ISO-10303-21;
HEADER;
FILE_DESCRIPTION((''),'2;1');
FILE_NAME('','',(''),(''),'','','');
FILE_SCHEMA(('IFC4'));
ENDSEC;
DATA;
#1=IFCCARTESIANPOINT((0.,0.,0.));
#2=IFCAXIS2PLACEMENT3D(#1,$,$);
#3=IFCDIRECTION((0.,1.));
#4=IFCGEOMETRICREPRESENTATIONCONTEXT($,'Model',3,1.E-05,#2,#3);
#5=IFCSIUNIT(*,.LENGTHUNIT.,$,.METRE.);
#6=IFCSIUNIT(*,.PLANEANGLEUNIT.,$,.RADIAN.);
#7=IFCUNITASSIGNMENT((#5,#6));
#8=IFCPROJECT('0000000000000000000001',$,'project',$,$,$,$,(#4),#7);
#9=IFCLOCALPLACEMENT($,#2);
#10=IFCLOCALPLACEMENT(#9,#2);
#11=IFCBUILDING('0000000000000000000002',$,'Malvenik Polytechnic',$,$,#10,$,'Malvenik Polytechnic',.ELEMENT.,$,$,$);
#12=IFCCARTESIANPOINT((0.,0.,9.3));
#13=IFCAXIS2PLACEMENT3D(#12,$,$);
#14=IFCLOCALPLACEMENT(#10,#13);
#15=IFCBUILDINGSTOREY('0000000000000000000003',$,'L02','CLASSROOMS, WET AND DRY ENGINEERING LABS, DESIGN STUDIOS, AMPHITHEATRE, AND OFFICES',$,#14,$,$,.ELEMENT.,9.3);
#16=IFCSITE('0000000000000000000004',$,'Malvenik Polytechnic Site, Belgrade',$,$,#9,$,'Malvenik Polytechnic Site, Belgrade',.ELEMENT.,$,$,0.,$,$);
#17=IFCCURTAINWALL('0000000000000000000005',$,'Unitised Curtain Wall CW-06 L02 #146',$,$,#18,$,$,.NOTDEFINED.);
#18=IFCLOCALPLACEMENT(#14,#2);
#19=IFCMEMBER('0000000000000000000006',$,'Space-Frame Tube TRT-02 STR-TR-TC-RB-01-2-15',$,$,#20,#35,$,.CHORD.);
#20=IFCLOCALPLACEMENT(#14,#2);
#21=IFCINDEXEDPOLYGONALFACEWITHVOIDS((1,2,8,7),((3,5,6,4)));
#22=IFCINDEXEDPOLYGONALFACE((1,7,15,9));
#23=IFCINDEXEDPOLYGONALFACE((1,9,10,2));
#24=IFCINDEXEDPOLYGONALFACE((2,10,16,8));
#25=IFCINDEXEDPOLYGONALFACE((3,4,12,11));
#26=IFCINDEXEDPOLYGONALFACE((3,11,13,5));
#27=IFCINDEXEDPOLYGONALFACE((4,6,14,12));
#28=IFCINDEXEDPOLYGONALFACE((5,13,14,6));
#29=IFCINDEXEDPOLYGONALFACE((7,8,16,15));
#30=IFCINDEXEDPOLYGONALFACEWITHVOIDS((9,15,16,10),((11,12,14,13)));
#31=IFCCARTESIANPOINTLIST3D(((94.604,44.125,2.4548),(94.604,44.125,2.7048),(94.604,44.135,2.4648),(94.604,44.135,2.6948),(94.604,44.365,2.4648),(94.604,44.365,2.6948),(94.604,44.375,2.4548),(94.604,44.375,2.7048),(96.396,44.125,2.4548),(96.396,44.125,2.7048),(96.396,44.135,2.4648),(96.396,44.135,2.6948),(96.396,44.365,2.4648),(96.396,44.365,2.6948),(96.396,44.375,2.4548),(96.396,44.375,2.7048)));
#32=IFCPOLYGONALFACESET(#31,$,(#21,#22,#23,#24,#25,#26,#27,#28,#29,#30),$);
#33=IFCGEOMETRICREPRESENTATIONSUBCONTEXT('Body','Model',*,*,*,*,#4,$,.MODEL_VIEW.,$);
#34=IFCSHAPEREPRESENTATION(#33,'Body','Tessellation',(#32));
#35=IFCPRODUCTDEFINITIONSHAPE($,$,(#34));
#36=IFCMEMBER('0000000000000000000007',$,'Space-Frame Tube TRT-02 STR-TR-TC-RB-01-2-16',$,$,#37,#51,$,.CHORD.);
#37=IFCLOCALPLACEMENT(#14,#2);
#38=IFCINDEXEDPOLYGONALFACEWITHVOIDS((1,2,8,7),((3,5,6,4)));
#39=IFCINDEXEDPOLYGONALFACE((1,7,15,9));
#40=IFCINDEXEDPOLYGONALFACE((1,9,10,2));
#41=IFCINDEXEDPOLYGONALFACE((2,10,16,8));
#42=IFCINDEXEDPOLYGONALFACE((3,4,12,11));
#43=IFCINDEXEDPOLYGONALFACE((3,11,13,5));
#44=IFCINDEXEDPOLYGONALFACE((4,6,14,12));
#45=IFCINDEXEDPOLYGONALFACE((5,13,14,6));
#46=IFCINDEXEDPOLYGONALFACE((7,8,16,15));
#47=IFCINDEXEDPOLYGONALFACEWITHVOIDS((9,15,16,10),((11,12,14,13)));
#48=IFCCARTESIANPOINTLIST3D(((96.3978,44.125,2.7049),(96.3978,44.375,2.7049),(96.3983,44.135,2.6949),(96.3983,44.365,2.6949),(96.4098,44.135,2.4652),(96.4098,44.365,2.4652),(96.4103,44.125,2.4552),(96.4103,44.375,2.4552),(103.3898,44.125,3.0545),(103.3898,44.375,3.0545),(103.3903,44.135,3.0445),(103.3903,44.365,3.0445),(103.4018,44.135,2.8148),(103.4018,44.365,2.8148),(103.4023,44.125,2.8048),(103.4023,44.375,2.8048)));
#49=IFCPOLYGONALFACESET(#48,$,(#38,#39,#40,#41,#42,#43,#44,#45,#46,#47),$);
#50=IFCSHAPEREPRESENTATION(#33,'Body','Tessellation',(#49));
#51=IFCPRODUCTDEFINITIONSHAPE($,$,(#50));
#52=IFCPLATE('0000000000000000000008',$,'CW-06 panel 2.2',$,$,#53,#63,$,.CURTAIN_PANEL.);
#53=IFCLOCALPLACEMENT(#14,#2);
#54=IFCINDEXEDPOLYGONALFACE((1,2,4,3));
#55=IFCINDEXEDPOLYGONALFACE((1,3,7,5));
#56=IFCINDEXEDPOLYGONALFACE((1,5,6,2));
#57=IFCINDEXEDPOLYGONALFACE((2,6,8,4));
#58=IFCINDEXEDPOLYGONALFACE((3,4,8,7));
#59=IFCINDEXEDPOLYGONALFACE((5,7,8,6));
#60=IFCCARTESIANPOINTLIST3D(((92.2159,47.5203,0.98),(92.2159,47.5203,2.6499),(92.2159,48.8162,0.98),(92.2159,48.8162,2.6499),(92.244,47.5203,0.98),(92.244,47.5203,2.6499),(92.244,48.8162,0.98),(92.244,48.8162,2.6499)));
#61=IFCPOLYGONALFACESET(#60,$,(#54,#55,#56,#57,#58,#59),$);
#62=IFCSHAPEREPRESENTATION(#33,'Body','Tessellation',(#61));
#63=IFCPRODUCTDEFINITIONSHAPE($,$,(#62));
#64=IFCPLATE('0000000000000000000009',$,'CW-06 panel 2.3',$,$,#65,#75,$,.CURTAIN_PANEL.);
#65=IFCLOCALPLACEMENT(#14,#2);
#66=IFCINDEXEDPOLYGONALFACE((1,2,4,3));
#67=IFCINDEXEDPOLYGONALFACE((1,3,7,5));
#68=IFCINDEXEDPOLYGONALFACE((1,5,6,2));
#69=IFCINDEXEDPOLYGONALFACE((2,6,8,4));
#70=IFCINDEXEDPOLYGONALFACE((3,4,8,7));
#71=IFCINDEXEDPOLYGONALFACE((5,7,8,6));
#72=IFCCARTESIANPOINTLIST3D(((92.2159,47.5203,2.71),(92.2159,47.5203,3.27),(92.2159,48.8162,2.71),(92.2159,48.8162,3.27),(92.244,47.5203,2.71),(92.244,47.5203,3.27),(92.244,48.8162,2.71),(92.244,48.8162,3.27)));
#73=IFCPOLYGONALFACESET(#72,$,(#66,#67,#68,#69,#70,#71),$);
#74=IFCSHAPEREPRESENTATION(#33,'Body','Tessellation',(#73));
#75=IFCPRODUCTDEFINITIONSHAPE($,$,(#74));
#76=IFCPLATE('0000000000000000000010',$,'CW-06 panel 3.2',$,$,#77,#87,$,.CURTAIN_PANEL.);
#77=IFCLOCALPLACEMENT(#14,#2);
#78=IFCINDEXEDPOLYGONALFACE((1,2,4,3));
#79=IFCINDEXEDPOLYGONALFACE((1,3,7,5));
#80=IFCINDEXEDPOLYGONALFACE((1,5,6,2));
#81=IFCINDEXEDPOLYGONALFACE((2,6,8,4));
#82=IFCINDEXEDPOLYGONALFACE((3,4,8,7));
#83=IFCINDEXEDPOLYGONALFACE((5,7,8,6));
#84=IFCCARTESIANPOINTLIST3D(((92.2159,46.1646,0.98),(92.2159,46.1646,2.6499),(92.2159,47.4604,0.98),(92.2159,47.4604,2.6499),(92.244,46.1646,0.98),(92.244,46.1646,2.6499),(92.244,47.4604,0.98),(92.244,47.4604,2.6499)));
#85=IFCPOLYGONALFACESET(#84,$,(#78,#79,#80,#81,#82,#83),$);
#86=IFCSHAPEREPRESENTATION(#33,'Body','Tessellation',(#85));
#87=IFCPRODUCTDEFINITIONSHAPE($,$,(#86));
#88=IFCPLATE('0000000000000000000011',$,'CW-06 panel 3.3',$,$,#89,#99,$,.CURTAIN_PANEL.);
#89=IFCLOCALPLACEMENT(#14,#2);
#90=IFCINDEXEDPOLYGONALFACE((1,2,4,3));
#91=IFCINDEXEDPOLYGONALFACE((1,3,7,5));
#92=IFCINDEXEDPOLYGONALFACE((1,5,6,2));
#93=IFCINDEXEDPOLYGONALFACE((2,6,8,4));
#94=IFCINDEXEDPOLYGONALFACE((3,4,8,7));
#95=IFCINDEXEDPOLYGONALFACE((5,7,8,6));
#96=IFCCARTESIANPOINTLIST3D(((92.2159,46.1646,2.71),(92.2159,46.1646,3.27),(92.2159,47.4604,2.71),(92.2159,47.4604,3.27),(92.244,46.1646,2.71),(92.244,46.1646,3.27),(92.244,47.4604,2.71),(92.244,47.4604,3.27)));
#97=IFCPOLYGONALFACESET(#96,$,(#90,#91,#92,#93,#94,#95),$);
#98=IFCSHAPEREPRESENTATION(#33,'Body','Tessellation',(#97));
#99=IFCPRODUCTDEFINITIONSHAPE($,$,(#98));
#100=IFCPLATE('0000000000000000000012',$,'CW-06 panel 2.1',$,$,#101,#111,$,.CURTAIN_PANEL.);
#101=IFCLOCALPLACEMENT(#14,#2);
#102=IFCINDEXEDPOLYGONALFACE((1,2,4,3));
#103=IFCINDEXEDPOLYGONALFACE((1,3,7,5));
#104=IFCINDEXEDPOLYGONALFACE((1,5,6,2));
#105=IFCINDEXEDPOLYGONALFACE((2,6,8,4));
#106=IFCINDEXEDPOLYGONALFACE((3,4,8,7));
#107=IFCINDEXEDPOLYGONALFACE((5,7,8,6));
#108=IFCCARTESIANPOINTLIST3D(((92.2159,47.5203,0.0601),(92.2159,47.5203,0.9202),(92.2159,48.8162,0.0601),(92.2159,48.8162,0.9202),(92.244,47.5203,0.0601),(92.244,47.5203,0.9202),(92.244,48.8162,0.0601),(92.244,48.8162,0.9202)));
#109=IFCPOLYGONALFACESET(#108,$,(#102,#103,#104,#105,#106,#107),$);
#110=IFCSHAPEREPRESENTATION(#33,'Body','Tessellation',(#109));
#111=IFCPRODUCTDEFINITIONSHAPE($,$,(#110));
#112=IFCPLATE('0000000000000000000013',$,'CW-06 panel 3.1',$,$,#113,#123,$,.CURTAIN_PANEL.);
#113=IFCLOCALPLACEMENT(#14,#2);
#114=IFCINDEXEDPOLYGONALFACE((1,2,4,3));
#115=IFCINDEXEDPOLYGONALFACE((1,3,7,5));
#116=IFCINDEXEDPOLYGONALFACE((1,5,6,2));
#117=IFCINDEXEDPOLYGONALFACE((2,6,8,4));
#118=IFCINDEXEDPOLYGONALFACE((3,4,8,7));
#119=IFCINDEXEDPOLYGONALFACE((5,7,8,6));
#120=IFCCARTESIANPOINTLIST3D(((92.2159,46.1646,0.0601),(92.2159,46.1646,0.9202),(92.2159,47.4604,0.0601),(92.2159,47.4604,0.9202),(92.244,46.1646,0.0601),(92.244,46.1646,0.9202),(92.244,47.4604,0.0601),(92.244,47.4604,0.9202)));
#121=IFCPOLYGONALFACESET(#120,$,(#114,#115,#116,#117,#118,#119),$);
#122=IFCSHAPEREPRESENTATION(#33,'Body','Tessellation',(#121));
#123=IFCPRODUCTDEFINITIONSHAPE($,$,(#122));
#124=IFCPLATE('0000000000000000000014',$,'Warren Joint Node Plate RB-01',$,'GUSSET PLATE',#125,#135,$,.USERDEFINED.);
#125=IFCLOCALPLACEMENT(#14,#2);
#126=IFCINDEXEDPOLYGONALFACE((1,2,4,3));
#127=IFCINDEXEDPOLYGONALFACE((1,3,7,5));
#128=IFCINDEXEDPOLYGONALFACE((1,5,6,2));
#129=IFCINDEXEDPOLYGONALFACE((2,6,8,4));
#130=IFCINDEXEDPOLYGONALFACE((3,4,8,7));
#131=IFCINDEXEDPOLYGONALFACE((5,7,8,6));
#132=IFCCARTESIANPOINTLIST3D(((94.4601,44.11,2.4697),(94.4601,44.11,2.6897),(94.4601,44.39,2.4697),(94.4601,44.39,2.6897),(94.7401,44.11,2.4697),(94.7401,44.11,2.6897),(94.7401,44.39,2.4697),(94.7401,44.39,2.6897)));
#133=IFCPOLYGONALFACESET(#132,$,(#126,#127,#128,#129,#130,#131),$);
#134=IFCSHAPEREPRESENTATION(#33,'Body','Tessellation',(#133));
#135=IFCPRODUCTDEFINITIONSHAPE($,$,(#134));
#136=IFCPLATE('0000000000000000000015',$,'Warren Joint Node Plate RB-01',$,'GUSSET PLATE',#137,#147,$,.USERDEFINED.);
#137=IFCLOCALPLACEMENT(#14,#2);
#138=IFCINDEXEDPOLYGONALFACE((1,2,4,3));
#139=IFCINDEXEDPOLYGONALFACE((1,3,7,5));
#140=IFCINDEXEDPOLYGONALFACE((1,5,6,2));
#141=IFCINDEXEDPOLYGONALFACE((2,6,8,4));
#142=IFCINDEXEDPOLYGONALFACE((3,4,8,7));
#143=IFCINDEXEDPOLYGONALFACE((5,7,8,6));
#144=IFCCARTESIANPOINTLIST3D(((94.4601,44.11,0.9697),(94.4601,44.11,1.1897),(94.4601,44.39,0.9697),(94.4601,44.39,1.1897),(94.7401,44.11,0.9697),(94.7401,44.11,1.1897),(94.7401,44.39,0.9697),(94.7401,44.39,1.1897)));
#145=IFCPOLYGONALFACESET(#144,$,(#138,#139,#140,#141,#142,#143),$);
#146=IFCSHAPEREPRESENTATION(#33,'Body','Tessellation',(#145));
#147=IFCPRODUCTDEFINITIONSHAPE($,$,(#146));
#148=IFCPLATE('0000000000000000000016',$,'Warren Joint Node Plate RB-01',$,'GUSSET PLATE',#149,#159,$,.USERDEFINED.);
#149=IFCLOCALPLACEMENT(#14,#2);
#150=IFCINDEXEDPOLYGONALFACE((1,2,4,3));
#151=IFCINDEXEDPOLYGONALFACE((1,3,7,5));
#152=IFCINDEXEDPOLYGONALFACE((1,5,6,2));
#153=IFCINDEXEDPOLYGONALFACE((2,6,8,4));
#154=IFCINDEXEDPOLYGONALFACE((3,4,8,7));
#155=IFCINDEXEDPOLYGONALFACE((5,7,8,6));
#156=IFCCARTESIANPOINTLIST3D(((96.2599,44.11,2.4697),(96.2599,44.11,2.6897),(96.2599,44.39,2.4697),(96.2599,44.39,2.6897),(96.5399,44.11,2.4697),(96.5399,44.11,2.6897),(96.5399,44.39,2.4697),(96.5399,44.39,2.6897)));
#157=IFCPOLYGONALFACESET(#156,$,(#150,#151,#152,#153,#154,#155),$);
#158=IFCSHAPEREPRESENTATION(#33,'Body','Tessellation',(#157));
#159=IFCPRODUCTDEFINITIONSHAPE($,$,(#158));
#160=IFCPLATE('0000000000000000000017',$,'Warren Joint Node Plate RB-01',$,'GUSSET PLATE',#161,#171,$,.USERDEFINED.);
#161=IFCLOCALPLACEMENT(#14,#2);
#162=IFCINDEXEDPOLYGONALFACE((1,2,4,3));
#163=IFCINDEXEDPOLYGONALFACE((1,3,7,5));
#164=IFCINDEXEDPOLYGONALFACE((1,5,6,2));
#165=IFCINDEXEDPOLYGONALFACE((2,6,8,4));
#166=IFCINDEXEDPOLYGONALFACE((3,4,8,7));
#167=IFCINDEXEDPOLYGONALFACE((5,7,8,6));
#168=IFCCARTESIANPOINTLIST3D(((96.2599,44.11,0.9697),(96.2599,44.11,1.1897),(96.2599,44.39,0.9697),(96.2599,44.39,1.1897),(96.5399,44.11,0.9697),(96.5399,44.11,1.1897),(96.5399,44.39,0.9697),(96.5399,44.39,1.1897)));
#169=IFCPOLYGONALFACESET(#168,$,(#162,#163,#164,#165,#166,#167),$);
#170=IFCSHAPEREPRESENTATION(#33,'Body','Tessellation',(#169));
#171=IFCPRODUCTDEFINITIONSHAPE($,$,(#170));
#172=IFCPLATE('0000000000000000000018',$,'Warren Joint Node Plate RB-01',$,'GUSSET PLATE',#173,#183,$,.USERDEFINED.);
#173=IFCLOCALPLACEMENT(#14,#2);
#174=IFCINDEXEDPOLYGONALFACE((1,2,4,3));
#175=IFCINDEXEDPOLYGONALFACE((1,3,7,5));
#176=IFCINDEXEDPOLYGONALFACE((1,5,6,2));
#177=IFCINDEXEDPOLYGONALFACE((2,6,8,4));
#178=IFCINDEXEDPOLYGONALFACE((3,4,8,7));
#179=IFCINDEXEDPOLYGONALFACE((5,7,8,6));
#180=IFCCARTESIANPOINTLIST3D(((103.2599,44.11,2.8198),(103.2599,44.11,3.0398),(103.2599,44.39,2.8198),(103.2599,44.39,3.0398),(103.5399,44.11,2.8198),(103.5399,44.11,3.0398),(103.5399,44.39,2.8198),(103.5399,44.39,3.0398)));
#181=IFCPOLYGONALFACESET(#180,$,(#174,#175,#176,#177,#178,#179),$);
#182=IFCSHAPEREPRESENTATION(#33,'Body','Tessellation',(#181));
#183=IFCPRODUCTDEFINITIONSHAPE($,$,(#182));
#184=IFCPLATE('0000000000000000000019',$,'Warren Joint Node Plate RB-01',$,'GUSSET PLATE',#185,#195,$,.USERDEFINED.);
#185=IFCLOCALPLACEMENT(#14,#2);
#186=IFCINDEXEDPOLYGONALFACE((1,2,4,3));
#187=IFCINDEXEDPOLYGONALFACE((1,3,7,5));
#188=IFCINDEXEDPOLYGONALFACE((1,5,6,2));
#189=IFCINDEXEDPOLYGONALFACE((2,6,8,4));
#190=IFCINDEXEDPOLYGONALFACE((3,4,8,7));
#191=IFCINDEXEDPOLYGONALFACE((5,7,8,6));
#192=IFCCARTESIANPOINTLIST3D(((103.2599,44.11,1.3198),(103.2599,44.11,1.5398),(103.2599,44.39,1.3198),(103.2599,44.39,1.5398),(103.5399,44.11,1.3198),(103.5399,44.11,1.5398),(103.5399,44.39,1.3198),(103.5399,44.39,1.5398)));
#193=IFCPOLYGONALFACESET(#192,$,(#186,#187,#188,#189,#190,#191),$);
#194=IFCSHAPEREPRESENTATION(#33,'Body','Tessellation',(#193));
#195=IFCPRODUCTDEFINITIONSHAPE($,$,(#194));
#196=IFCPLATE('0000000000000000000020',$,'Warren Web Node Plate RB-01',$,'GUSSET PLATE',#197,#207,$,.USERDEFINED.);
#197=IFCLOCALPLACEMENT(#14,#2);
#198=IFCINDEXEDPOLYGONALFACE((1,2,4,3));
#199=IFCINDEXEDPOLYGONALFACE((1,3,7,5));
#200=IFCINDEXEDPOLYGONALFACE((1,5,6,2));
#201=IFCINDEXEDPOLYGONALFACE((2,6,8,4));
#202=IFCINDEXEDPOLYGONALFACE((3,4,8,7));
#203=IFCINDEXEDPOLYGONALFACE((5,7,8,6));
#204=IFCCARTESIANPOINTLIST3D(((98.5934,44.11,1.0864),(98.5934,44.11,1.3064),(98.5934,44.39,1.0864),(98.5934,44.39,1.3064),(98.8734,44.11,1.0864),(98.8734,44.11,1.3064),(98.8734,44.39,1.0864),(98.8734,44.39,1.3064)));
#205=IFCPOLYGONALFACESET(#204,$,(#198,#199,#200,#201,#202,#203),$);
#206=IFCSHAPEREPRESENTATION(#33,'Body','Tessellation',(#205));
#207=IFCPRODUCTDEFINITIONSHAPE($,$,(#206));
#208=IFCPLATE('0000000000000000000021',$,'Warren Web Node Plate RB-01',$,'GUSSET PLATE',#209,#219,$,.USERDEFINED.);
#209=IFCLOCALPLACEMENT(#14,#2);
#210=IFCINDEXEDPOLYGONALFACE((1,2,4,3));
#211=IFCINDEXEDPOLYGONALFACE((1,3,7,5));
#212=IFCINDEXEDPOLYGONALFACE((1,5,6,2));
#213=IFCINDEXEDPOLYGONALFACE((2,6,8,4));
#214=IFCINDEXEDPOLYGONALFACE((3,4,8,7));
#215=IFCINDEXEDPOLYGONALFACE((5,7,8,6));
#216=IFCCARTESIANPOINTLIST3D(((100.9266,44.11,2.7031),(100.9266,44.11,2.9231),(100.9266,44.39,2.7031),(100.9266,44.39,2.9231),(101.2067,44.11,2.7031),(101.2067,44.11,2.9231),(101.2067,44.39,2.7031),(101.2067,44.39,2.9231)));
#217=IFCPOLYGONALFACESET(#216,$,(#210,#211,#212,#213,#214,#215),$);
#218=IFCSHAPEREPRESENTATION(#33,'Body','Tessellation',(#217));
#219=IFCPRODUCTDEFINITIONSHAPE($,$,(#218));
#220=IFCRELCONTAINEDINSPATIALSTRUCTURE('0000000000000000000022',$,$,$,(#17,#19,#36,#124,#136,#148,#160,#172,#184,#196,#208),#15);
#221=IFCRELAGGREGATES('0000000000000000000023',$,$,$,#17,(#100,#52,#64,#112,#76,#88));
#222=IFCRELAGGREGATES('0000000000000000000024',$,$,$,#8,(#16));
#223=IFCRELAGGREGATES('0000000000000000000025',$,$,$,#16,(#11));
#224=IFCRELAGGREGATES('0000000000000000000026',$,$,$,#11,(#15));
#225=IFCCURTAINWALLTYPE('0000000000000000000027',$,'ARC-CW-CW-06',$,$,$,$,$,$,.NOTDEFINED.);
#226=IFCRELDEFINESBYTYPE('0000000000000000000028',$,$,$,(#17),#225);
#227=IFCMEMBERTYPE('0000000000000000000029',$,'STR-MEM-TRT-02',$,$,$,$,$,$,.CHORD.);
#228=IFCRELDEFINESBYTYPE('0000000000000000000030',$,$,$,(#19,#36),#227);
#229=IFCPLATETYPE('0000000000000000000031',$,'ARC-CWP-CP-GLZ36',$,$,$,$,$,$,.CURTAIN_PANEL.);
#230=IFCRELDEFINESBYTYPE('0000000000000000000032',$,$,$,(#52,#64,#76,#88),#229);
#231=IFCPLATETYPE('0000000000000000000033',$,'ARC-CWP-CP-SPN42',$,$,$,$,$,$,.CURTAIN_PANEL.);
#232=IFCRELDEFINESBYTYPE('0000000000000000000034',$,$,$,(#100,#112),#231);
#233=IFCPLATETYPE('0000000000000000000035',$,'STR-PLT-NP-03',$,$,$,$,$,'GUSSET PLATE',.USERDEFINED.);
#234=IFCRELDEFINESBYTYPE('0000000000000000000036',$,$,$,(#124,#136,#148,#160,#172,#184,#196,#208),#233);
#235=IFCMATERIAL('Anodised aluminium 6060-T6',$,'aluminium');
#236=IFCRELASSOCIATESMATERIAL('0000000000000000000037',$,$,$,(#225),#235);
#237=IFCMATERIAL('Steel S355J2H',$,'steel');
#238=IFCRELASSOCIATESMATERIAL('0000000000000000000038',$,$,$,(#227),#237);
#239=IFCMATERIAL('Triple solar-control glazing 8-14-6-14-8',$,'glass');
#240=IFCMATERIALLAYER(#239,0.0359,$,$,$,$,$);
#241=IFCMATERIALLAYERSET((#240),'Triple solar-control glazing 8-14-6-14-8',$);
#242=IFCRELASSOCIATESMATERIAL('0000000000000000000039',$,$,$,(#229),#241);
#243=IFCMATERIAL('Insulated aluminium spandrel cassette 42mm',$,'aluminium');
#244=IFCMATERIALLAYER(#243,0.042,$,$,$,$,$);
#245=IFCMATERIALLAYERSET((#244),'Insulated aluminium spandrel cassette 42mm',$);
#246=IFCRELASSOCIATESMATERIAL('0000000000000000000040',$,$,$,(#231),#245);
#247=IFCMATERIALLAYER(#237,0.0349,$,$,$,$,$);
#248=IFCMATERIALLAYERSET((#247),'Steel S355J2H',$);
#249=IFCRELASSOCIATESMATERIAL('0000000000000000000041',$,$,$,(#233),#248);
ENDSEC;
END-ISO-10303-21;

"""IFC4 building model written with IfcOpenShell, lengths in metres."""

from ifc_helpers import new_model, si_unit, direction, frame, origin, origin_2d, place, context, subcontext, project, spatial, rectangle, hollow_rectangle, extrude, material, layer, layer_set, material_profile, profile_set, type_object, element, aggregate, save


model = new_model("IFC4")

# Units and contexts
model_context = context("Model", 3, precision=1e-05, world=origin(), true_north=direction((0.0, 1.0)))
body_context = subcontext(model_context, "Body", "Model", "MODEL_VIEW")
ifc_project = project(units=[si_unit("LENGTHUNIT", "METRE"), si_unit("PLANEANGLEUNIT", "RADIAN")], contexts=[model_context])

# Site, building, storey
site_placement = place(None, origin())
site = spatial("IfcSite", under=ifc_project, at=site_placement, Name="Malvenik Polytechnic Site, Belgrade", LongName="Malvenik Polytechnic Site, Belgrade", CompositionType="ELEMENT", RefElevation=0.0)
building_placement = place(site_placement, origin())
building = spatial("IfcBuilding", under=site, at=building_placement, Name="Malvenik Polytechnic", LongName="Malvenik Polytechnic", CompositionType="ELEMENT")
storey_placement = place(building_placement, frame((0.0, 0.0, 9.3)))
storey = spatial("IfcBuildingStorey", under=building, at=storey_placement, Name="L02", Description="CLASSROOMS, WET AND DRY ENGINEERING LABS, DESIGN STUDIOS, AMPHITHEATRE, AND OFFICES", CompositionType="ELEMENT", Elevation=9.3)

# Shared definitions
ifc_material_1 = material(Name="Steel S355J2H", Category="steel")

# Curtain wall
ifc_material_2 = material(Name="Anodised aluminium 6060-T6", Category="aluminium")
curtain_wall_type = type_object("IfcCurtainWallType", Name="ARC-CW-CW-06", PredefinedType="NOTDEFINED", material=ifc_material_2)
curtain_wall_placement = place(storey_placement, origin())
curtain_wall = element("IfcCurtainWall", 1, at=curtain_wall_placement, inside=storey, type_object=curtain_wall_type, Name="Unitised Curtain Wall CW-06 L02 #146", PredefinedType="NOTDEFINED")

# Members
ifc_material_profile_1 = material_profile(ifc_material_1, hollow_rectangle(XDim=0.25, YDim=0.25, WallThickness=0.01, at=origin_2d()), Name="SHS 250x250x10.0")
ifc_profile_set_1 = profile_set([ifc_material_profile_1], Name="Steel S355J2H")
member_type_1 = type_object("IfcMemberType", Name="STR-MEM-TRT-02", PredefinedType="CHORD", material=ifc_profile_set_1)
member_1_placement = place(storey_placement, frame((94.604, 44.25, 2.5798), z_axis=(1.0, 0.0, 0.0), x_axis=(0.0, 1.0, 0.0)))
element("IfcMember", 2, at=member_1_placement, inside=storey, type_object=member_type_1, Name="Space-Frame Tube TRT-02 STR-TR-TC-RB-01-2-15", PredefinedType="CHORD", context=body_context, shape_type="SweptSolid", body=[
    extrude(hollow_rectangle(XDim=0.25, YDim=0.25, WallThickness=0.01, at=origin_2d()), origin(), (0.0, 0.0, 1.0), 1.792),
])
member_2_placement = place(storey_placement, frame((96.4041, 44.25, 2.5801), z_axis=(0.998752, 0.0, 0.049939), x_axis=(0.0, 1.0, 0.0)))
element("IfcMember", 3, at=member_2_placement, inside=storey, type_object=member_type_1, Name="Space-Frame Tube TRT-02 STR-TR-TC-RB-01-2-16", PredefinedType="CHORD", context=body_context, shape_type="SweptSolid", body=[
    extrude(hollow_rectangle(XDim=0.25, YDim=0.25, WallThickness=0.01, at=origin_2d()), origin(), (0.0, 0.0, 1.0), 7.0007),
])

# Plates
ifc_material_3 = material(Name="Triple solar-control glazing 8-14-6-14-8", Category="glass")
ifc_layer_1 = layer(ifc_material_3, 0.0359)
ifc_layer_set_1 = layer_set([ifc_layer_1], Name="Triple solar-control glazing 8-14-6-14-8")
plate_type_1 = type_object("IfcPlateType", Name="ARC-CWP-CP-GLZ36", PredefinedType="CURTAIN_PANEL", material=ifc_layer_set_1)
plate_1_placement = place(storey_placement, frame((92.23, 48.1682, 0.98), z_axis=(0.0, 0.0, 1.0), x_axis=(0.0, -1.0, 0.0)))
plate_1 = element("IfcPlate", 4, at=plate_1_placement, type_object=plate_type_1, Name="CW-06 panel 2.2", PredefinedType="CURTAIN_PANEL", context=body_context, shape_type="SweptSolid", body=[
    extrude(rectangle(XDim=1.2959, YDim=0.0281, at=origin_2d()), origin(), (0.0, 0.0, 1.0), 1.6699),
])
plate_2_placement = place(storey_placement, frame((92.23, 48.1682, 2.71), z_axis=(0.0, 0.0, 1.0), x_axis=(0.0, -1.0, 0.0)))
plate_2 = element("IfcPlate", 5, at=plate_2_placement, type_object=plate_type_1, Name="CW-06 panel 2.3", PredefinedType="CURTAIN_PANEL", context=body_context, shape_type="SweptSolid", body=[
    extrude(rectangle(XDim=1.2959, YDim=0.0281, at=origin_2d()), origin(), (0.0, 0.0, 1.0), 0.5601),
])
plate_3_placement = place(storey_placement, frame((92.23, 46.8125, 0.98), z_axis=(0.0, 0.0, 1.0), x_axis=(0.0, -1.0, 0.0)))
plate_3 = element("IfcPlate", 6, at=plate_3_placement, type_object=plate_type_1, Name="CW-06 panel 3.2", PredefinedType="CURTAIN_PANEL", context=body_context, shape_type="SweptSolid", body=[
    extrude(rectangle(XDim=1.2959, YDim=0.0281, at=origin_2d()), origin(), (0.0, 0.0, 1.0), 1.6699),
])
plate_4_placement = place(storey_placement, frame((92.23, 46.8125, 2.71), z_axis=(0.0, 0.0, 1.0), x_axis=(0.0, -1.0, 0.0)))
plate_4 = element("IfcPlate", 7, at=plate_4_placement, type_object=plate_type_1, Name="CW-06 panel 3.3", PredefinedType="CURTAIN_PANEL", context=body_context, shape_type="SweptSolid", body=[
    extrude(rectangle(XDim=1.2959, YDim=0.0281, at=origin_2d()), origin(), (0.0, 0.0, 1.0), 0.5601),
])
ifc_material_4 = material(Name="Insulated aluminium spandrel cassette 42mm", Category="aluminium")
ifc_layer_2 = layer(ifc_material_4, 0.042)
ifc_layer_set_2 = layer_set([ifc_layer_2], Name="Insulated aluminium spandrel cassette 42mm")
plate_type_2 = type_object("IfcPlateType", Name="ARC-CWP-CP-SPN42", PredefinedType="CURTAIN_PANEL", material=ifc_layer_set_2)
plate_5_placement = place(storey_placement, frame((92.23, 48.1682, 0.0601), z_axis=(0.0, 0.0, 1.0), x_axis=(0.0, -1.0, 0.0)))
plate_5 = element("IfcPlate", 8, at=plate_5_placement, type_object=plate_type_2, Name="CW-06 panel 2.1", PredefinedType="CURTAIN_PANEL", context=body_context, shape_type="SweptSolid", body=[
    extrude(rectangle(XDim=1.2959, YDim=0.0281, at=origin_2d()), origin(), (0.0, 0.0, 1.0), 0.8601),
])
plate_6_placement = place(storey_placement, frame((92.23, 46.8125, 0.0601), z_axis=(0.0, 0.0, 1.0), x_axis=(0.0, -1.0, 0.0)))
plate_6 = element("IfcPlate", 9, at=plate_6_placement, type_object=plate_type_2, Name="CW-06 panel 3.1", PredefinedType="CURTAIN_PANEL", context=body_context, shape_type="SweptSolid", body=[
    extrude(rectangle(XDim=1.2959, YDim=0.0281, at=origin_2d()), origin(), (0.0, 0.0, 1.0), 0.8601),
])
aggregate(curtain_wall, [plate_5, plate_1, plate_2, plate_6, plate_3, plate_4])

# Plates
ifc_layer_3 = layer(ifc_material_1, 0.0349)
ifc_layer_set_3 = layer_set([ifc_layer_3], Name="Steel S355J2H")
plate_type_3 = type_object("IfcPlateType", Name="STR-PLT-NP-03", ElementType="GUSSET PLATE", PredefinedType="USERDEFINED", material=ifc_layer_set_3)
for number, where, z_axis, x_axis, name in (
    (10, (94.6001, 44.25, 2.4697), (0.0, 0.0, 1.0), (1.0, 0.0, 0.0), "Warren Joint Node Plate RB-01"),
    (11, (94.6001, 44.25, 0.9697), (0.0, 0.0, 1.0), (1.0, 0.0, 0.0), "Warren Joint Node Plate RB-01"),
    (12, (96.3999, 44.25, 2.4697), (0.0, 0.0, 1.0), (1.0, 0.0, 0.0), "Warren Joint Node Plate RB-01"),
    (13, (96.3999, 44.25, 0.9697), (0.0, 0.0, 1.0), (1.0, 0.0, 0.0), "Warren Joint Node Plate RB-01"),
    (14, (103.3999, 44.25, 2.8198), (0.0, 0.0, 1.0), (1.0, 0.0, 0.0), "Warren Joint Node Plate RB-01"),
    (15, (103.3999, 44.25, 1.3198), (0.0, 0.0, 1.0), (1.0, 0.0, 0.0), "Warren Joint Node Plate RB-01"),
    (16, (98.7334, 44.25, 1.0864), (0.0, 0.0, 1.0), (1.0, 0.0, 0.0), "Warren Web Node Plate RB-01"),
    (17, (101.0667, 44.25, 2.7031), (0.0, 0.0, 1.0), (1.0, 0.0, 0.0), "Warren Web Node Plate RB-01"),
):
    element("IfcPlate", number, at=place(storey_placement, frame(where, z_axis=z_axis, x_axis=x_axis)), inside=storey, type_object=plate_type_3, Name=name, ObjectType="GUSSET PLATE", PredefinedType="USERDEFINED", context=body_context, shape_type="SweptSolid", body=[
        extrude(rectangle(XDim=0.28, YDim=0.28, at=origin_2d()), origin(), (0.0, 0.0, 1.0), 0.22),
    ])

save(model, "model.ifc")
